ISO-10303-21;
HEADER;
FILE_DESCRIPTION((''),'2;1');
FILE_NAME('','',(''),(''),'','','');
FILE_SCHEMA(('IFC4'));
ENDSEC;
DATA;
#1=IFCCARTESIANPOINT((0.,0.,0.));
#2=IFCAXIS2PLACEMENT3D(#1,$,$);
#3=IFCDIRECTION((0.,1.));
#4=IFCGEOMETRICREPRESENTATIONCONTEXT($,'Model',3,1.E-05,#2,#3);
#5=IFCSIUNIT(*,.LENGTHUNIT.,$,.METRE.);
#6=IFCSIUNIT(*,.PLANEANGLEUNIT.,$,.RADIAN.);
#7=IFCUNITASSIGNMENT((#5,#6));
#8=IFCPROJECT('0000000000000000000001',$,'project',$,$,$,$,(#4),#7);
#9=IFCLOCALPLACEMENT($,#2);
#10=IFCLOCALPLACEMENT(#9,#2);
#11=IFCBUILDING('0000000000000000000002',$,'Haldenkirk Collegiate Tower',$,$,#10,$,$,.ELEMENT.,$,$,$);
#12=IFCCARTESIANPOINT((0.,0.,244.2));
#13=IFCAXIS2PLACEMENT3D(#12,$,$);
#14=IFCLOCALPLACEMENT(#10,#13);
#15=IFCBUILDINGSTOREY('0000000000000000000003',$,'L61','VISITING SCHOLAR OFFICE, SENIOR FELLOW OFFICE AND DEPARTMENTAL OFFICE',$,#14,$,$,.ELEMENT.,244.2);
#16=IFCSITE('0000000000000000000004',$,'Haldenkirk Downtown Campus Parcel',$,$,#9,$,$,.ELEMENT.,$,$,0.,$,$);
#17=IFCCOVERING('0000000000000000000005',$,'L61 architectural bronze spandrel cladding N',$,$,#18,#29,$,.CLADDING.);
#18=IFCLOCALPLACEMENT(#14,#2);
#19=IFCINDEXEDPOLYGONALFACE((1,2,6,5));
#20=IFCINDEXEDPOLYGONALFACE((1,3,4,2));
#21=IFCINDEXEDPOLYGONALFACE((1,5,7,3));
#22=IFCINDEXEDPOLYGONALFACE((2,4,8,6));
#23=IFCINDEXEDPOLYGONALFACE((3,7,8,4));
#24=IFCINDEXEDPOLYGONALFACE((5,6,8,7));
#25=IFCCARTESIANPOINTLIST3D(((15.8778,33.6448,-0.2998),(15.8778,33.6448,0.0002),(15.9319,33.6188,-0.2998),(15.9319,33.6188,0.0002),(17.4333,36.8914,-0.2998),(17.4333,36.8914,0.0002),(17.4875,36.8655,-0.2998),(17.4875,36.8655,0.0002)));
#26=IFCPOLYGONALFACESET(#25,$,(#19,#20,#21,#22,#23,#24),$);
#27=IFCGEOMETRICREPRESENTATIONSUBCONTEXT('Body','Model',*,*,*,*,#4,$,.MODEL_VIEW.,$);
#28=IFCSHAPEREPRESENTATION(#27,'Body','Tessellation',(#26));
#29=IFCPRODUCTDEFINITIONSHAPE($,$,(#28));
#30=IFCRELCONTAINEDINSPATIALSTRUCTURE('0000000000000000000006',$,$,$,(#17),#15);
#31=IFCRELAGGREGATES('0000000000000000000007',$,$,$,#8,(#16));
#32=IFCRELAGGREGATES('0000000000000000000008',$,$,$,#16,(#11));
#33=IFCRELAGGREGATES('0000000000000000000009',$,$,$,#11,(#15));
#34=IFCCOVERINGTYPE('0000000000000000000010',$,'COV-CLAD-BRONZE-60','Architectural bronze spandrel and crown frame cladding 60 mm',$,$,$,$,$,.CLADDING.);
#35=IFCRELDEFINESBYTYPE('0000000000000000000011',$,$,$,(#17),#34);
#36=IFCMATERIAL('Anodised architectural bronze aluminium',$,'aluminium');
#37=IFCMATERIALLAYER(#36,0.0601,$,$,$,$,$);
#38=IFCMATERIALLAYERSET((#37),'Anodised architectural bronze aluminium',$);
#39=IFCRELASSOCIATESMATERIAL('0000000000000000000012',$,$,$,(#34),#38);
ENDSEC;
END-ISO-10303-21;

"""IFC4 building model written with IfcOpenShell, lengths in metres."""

from ifc_helpers import new_model, si_unit, direction, frame, origin, origin_2d, place, context, subcontext, project, spatial, rectangle, extrude, source, transform, mapped, material, layer, layer_set, type_object, element, save


model = new_model("IFC4")

# Units and contexts
model_context = context("Model", 3, precision=1e-05, world=origin(), true_north=direction((0.0, 1.0)))
body_context = subcontext(model_context, "Body", "Model", "MODEL_VIEW")
ifc_project = project(units=[si_unit("LENGTHUNIT", "METRE"), si_unit("PLANEANGLEUNIT", "RADIAN")], contexts=[model_context])

# Site, building, storey
site_placement = place(None, origin())
site = spatial("IfcSite", under=ifc_project, at=site_placement, Name="Haldenkirk Downtown Campus Parcel", CompositionType="ELEMENT", RefElevation=0.0)
building_placement = place(site_placement, origin())
building = spatial("IfcBuilding", under=site, at=building_placement, Name="Haldenkirk Collegiate Tower", CompositionType="ELEMENT")
storey_placement = place(building_placement, frame((0.0, 0.0, 244.2)))
storey = spatial("IfcBuildingStorey", under=building, at=storey_placement, Name="L61", Description="VISITING SCHOLAR OFFICE, SENIOR FELLOW OFFICE AND DEPARTMENTAL OFFICE", CompositionType="ELEMENT", Elevation=244.2)

# Shared definitions
ifc_material_1 = material(Name="Anodised architectural bronze aluminium", Category="aluminium")

# Covering
ifc_layer_1 = layer(ifc_material_1, 0.0601)
ifc_layer_set_1 = layer_set([ifc_layer_1], Name="Anodised architectural bronze aluminium")
covering_type = type_object("IfcCoveringType", Name="COV-CLAD-BRONZE-60", Description="Architectural bronze spandrel and crown frame cladding 60 mm", PredefinedType="CLADDING", material=ifc_layer_set_1)
shared_shape_1 = source(origin(), body_context, "Body", "SweptSolid", [
    extrude(rectangle(XDim=3.6001, YDim=0.0601, at=origin_2d()), origin(), (0.0, 0.0, 1.0), 0.3),
])
covering_placement = place(storey_placement, frame((16.6826, 35.2551, -0.2998), z_axis=(0.0, 0.0, 1.0), x_axis=(0.432086, 0.901833, 0.0)))
element("IfcCovering", 1, at=covering_placement, inside=storey, type_object=covering_type, Name="L61 architectural bronze spandrel cladding N", PredefinedType="CLADDING", context=body_context, shape_type="MappedRepresentation", body=[
    mapped(shared_shape_1, transform((0.0, 0.0, 0.0), x_axis=(1.0, 0.0, 0.0), y_axis=(0.0, 1.0, 0.0), z_axis=(0.0, 0.0, 1.0), scale=1.0)),
])

save(model, "model.ifc")
